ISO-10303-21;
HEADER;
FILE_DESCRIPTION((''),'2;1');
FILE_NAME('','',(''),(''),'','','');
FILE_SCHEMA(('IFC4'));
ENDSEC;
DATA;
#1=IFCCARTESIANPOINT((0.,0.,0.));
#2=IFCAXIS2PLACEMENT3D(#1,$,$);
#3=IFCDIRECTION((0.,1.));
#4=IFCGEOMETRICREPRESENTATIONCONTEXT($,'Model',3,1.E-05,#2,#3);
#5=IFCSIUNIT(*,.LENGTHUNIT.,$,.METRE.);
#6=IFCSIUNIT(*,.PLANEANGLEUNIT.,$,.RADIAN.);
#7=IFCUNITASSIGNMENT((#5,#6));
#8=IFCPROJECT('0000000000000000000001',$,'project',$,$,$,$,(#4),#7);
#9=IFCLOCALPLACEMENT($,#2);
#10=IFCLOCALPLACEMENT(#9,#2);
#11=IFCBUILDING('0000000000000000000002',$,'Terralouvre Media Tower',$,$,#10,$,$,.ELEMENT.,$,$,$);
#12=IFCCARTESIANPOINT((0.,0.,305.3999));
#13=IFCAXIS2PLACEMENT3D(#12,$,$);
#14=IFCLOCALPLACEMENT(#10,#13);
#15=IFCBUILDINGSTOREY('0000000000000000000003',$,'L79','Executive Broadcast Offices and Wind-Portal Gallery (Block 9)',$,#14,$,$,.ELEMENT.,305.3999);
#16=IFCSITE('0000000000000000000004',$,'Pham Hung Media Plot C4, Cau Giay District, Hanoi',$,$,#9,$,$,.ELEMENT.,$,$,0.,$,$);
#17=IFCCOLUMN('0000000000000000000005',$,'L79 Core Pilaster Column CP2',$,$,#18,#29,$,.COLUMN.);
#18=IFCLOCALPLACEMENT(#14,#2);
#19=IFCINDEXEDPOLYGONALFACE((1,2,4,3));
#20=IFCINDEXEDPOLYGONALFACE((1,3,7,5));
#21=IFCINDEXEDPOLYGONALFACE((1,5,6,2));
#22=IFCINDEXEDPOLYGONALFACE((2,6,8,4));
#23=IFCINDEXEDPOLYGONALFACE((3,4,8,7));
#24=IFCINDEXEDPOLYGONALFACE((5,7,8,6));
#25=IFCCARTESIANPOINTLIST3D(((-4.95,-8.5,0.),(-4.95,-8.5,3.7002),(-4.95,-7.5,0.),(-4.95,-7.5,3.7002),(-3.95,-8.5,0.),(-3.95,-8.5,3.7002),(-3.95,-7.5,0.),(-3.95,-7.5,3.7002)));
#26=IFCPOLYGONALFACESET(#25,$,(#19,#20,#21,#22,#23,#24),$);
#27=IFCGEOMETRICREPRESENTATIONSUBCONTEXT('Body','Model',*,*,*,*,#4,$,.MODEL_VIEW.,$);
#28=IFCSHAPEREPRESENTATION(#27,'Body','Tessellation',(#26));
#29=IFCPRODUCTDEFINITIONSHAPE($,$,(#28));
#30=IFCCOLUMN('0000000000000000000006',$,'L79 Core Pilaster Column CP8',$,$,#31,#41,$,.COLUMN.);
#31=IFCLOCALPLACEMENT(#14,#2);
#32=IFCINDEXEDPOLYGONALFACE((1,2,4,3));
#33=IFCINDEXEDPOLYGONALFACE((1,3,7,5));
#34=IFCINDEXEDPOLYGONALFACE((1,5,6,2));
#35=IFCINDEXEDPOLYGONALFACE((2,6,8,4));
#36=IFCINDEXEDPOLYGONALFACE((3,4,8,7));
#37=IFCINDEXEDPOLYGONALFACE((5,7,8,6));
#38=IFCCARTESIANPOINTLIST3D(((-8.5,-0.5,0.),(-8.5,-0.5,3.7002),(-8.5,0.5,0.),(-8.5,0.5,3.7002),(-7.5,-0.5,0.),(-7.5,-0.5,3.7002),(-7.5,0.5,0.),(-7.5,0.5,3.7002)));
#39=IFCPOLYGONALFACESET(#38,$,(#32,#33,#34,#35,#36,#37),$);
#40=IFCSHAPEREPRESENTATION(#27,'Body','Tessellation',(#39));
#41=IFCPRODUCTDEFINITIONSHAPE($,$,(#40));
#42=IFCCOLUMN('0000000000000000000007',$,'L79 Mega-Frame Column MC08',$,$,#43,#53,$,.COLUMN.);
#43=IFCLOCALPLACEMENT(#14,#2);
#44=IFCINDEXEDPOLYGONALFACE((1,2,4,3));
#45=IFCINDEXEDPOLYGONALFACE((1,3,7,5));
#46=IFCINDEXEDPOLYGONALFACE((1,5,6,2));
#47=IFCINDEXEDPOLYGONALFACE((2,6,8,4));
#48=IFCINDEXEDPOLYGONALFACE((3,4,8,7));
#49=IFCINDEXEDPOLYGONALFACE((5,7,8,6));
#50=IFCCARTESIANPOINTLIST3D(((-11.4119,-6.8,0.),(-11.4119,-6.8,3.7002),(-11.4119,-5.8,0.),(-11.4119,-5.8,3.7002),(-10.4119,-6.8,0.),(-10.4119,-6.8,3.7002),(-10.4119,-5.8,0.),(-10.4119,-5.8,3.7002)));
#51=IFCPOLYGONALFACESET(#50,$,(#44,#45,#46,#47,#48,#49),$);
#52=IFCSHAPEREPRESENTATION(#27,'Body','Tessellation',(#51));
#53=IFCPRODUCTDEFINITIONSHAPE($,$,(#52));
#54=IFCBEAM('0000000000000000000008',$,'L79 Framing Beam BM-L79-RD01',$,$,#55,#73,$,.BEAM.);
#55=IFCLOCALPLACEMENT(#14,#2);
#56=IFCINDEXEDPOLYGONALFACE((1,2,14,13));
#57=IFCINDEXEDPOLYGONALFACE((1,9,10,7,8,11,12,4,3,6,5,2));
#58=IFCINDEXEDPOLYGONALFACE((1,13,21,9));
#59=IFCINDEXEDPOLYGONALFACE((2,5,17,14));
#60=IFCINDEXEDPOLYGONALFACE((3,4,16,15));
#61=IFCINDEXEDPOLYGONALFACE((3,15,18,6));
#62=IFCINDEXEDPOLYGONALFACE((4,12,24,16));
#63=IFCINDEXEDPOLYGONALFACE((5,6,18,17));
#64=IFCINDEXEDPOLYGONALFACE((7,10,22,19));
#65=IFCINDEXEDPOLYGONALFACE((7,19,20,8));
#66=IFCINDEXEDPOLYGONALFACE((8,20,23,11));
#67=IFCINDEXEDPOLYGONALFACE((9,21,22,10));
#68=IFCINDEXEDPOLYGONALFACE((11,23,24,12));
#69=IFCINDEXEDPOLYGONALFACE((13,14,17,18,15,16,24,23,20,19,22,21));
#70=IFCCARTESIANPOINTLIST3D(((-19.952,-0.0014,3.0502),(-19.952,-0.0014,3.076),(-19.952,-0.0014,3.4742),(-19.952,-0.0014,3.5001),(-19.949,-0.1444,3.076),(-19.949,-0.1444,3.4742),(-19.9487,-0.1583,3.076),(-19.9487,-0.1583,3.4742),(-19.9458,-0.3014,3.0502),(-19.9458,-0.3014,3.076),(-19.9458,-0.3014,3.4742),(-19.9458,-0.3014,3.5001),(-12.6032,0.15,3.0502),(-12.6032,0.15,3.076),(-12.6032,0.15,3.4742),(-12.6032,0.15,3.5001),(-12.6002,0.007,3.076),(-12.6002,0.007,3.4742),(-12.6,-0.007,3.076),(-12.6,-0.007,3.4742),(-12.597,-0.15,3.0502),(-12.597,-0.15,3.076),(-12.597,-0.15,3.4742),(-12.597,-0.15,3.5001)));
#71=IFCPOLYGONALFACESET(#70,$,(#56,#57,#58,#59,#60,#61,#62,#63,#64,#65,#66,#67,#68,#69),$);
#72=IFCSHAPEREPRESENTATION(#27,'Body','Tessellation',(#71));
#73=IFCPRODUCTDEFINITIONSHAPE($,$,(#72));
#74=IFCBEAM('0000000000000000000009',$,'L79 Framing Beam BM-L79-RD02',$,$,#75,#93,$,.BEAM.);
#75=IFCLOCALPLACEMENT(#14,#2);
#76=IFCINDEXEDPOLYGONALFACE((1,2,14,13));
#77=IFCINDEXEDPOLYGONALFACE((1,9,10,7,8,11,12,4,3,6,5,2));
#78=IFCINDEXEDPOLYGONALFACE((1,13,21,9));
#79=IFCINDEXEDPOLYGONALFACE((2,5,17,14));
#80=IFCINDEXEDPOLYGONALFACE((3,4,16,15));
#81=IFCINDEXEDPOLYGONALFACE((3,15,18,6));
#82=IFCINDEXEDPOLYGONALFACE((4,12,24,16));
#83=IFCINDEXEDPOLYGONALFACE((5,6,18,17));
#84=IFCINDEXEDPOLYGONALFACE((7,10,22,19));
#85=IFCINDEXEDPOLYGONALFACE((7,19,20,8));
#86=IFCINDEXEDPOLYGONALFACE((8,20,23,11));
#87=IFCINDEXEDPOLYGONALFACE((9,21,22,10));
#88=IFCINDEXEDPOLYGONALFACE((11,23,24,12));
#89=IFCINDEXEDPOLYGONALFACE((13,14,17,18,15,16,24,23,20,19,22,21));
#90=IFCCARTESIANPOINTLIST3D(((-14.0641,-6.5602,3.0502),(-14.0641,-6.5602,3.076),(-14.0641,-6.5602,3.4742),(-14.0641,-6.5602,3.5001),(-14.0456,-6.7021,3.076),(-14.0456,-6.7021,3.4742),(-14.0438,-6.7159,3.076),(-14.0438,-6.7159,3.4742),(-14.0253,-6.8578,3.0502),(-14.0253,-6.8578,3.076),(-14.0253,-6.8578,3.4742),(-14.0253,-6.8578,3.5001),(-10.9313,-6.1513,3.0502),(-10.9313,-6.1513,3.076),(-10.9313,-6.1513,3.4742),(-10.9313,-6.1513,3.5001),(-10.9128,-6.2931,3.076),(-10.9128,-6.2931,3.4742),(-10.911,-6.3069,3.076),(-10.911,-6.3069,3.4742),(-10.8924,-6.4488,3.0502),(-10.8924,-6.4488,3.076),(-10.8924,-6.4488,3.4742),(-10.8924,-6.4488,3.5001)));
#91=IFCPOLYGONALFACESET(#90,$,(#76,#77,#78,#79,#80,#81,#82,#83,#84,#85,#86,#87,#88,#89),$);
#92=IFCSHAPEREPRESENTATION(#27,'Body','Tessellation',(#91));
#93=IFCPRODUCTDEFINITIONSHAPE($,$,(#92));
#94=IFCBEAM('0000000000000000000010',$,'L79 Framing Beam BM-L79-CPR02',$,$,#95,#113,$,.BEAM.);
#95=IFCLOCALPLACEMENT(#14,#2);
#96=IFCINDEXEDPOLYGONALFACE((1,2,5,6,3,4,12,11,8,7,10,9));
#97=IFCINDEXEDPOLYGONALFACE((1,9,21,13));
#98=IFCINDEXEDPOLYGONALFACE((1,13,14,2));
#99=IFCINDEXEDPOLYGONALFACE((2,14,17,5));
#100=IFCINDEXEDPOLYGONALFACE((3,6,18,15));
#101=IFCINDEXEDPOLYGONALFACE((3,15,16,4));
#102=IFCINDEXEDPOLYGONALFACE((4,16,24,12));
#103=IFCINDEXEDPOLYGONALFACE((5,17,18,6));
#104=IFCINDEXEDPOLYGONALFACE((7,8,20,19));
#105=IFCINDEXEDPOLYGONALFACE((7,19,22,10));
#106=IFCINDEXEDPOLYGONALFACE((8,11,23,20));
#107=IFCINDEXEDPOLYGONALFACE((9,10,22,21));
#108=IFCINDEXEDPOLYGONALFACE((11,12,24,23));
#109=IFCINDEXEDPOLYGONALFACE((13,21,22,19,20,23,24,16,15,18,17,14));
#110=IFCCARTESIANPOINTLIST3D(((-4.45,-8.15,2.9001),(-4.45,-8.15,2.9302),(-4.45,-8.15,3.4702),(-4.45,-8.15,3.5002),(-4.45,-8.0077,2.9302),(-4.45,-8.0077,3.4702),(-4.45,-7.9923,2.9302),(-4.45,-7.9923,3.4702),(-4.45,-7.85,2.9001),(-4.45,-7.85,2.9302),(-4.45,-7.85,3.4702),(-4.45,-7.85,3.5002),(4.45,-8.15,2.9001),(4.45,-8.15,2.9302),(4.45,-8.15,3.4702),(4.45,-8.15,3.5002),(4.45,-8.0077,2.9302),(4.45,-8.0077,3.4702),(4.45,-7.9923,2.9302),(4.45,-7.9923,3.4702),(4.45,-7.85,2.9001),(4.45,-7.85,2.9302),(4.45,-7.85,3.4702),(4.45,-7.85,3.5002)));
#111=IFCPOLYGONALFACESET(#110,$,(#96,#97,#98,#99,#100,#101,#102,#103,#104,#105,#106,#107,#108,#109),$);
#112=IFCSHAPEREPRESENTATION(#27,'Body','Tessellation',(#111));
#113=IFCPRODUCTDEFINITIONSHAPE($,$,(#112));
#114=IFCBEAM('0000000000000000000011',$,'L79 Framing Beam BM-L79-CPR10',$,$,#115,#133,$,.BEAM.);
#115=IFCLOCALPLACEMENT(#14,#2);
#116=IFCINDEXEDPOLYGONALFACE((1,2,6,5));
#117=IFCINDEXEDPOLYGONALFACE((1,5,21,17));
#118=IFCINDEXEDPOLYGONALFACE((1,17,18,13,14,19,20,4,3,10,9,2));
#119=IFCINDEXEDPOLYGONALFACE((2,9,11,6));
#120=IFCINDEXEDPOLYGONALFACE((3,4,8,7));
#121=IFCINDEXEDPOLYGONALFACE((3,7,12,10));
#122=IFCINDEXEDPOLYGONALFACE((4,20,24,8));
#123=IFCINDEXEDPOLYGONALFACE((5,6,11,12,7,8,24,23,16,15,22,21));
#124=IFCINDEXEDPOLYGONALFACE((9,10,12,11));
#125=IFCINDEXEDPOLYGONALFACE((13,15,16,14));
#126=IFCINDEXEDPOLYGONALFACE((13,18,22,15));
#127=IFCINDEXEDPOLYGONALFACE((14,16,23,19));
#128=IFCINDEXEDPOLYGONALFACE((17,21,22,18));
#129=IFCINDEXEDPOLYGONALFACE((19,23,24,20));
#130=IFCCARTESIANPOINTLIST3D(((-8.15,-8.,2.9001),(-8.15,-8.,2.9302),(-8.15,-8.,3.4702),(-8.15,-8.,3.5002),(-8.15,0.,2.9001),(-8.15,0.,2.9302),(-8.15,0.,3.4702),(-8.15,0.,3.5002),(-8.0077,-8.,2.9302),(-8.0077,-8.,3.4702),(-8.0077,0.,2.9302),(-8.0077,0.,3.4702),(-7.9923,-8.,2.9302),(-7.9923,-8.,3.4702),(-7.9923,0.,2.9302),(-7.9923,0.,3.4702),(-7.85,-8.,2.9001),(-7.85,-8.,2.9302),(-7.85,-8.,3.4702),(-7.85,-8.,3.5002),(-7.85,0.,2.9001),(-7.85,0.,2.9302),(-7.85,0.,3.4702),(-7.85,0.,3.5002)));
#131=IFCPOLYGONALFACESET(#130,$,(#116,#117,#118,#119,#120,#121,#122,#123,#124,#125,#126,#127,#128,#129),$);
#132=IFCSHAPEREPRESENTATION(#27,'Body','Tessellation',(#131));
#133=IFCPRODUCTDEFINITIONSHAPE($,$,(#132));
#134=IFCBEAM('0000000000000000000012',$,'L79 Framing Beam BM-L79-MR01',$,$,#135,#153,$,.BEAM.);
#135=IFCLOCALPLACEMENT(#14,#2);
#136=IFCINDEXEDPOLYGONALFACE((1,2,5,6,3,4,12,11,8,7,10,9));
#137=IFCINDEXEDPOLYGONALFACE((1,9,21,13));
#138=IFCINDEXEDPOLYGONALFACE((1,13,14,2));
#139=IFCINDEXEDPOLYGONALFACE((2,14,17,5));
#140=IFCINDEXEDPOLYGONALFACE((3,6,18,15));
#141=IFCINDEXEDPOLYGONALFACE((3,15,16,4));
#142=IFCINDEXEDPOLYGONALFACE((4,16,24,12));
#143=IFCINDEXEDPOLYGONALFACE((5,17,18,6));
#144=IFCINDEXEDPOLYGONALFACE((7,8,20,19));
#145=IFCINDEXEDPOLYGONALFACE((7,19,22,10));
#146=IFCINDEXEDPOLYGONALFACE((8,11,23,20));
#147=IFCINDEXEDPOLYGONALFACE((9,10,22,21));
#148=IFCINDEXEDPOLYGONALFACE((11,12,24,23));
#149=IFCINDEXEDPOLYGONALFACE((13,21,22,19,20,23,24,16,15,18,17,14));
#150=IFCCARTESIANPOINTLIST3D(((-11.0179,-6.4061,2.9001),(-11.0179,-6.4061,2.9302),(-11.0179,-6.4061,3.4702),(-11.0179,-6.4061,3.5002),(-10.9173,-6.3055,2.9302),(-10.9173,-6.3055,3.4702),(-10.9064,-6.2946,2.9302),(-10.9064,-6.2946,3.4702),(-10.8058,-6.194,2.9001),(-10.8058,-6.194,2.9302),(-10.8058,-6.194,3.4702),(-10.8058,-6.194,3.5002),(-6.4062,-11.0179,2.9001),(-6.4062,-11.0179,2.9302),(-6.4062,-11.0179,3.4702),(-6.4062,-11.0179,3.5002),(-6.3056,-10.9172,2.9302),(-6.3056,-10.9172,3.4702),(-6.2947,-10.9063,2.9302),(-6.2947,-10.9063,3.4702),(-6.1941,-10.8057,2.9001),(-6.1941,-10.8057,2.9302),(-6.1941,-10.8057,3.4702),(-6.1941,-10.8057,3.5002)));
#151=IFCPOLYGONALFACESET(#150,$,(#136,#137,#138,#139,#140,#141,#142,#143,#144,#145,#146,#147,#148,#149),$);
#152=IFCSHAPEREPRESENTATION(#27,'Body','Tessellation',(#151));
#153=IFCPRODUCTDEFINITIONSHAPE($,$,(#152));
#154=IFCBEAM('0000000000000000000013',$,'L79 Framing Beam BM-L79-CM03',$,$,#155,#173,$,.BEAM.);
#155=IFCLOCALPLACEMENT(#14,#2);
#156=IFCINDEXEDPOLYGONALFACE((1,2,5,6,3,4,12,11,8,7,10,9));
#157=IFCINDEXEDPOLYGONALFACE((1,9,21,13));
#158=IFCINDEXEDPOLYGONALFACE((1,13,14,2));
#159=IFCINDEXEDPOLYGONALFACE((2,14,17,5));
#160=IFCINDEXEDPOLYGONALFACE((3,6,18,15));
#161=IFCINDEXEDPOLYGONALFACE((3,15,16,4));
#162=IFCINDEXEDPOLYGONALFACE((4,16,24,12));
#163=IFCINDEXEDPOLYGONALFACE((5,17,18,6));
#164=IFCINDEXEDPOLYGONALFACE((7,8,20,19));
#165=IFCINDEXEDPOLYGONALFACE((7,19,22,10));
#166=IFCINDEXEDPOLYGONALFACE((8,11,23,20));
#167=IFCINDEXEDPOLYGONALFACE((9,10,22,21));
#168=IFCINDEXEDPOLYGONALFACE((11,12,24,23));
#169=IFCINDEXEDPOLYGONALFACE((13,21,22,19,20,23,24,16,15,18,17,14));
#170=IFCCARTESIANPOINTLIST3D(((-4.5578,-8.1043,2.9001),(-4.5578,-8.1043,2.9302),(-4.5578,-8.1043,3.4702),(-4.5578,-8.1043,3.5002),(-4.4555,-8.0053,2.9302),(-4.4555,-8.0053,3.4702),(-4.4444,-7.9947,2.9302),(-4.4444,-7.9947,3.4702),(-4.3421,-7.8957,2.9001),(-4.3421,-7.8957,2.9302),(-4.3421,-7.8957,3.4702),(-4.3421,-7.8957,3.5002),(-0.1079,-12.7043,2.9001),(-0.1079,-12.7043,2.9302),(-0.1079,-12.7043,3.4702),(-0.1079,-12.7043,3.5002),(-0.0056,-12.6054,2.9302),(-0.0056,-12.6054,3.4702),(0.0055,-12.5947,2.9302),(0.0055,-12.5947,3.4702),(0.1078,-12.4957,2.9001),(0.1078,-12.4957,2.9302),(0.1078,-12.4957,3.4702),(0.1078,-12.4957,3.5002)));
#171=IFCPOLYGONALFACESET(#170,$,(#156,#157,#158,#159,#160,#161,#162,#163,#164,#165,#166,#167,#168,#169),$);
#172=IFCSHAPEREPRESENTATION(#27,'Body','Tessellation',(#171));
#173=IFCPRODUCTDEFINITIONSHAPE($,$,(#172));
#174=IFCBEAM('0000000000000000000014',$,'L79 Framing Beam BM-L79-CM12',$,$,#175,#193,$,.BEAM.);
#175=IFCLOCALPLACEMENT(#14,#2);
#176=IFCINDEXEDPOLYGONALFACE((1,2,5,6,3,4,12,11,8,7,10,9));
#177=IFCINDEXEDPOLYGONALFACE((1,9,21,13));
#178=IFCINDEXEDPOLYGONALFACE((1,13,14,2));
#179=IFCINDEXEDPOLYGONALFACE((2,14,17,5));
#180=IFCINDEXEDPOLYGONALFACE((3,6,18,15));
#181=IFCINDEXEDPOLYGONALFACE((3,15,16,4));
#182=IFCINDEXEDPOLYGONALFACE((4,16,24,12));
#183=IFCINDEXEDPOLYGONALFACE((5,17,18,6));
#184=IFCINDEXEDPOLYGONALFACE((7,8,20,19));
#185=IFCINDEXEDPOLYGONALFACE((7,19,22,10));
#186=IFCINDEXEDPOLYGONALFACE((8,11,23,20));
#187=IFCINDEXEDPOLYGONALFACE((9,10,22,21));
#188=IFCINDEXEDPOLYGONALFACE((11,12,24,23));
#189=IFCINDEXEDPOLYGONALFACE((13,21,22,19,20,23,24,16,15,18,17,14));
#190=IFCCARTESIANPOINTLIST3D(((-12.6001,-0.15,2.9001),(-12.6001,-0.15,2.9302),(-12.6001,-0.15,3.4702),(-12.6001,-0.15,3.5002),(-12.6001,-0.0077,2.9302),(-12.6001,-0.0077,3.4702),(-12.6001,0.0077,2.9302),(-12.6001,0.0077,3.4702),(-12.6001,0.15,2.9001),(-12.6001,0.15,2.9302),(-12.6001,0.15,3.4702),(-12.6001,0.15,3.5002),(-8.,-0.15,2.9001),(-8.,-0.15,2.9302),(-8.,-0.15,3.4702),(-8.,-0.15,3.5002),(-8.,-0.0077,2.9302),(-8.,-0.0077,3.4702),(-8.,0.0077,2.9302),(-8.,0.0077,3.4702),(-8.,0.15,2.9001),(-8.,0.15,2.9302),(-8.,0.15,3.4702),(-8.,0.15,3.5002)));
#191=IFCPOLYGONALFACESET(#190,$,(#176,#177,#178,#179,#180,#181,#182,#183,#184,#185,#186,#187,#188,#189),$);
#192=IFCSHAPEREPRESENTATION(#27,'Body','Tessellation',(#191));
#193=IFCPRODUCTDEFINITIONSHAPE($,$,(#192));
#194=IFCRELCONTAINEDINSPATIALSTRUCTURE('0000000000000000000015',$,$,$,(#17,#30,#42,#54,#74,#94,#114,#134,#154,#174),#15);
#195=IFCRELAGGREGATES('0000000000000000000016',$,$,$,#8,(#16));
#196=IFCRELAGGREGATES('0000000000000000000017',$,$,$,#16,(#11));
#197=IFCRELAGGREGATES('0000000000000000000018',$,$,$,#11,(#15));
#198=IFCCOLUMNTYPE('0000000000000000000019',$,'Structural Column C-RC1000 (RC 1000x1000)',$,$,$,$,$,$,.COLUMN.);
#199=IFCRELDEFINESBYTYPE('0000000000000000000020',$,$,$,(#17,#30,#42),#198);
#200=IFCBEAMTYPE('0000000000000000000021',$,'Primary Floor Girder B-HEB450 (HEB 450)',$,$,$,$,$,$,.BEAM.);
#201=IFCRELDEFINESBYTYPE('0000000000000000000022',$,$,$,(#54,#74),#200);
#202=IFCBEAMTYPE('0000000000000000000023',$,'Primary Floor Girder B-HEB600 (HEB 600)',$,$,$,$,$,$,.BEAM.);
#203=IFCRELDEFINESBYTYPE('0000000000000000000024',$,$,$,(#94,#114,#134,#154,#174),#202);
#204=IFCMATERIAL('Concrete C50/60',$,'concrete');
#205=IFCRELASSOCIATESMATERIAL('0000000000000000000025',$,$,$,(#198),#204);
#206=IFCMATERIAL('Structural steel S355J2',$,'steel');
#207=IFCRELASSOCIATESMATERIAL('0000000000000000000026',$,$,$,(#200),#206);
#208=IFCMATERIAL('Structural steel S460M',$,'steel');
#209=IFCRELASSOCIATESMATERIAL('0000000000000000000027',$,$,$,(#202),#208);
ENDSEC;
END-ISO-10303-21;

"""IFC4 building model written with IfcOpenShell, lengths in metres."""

from ifc_helpers import new_model, si_unit, direction, frame, origin, origin_2d, place, context, subcontext, project, spatial, rectangle, i_section, extrude, material, material_profile, profile_set, type_object, element, save


model = new_model("IFC4")

# Units and contexts
model_context = context("Model", 3, precision=1e-05, world=origin(), true_north=direction((0.0, 1.0)))
body_context = subcontext(model_context, "Body", "Model", "MODEL_VIEW")
ifc_project = project(units=[si_unit("LENGTHUNIT", "METRE"), si_unit("PLANEANGLEUNIT", "RADIAN")], contexts=[model_context])

# Site, building, storey
site_placement = place(None, origin())
site = spatial("IfcSite", under=ifc_project, at=site_placement, Name="Pham Hung Media Plot C4, Cau Giay District, Hanoi", CompositionType="ELEMENT", RefElevation=0.0)
building_placement = place(site_placement, origin())
building = spatial("IfcBuilding", under=site, at=building_placement, Name="Terralouvre Media Tower", CompositionType="ELEMENT")
storey_placement = place(building_placement, frame((0.0, 0.0, 305.3999)))
storey = spatial("IfcBuildingStorey", under=building, at=storey_placement, Name="L79", Description="Executive Broadcast Offices and Wind-Portal Gallery (Block 9)", CompositionType="ELEMENT", Elevation=305.3999)

# Columns
ifc_material_1 = material(Name="Concrete C50/60", Category="concrete")
ifc_material_profile_1 = material_profile(ifc_material_1, rectangle(XDim=1.0, YDim=1.0, at=origin_2d()), Name="RC 1000x1000")
ifc_profile_set_1 = profile_set([ifc_material_profile_1], Name="Concrete C50/60")
column_type = type_object("IfcColumnType", Name="Structural Column C-RC1000 (RC 1000x1000)", PredefinedType="COLUMN", material=ifc_profile_set_1)
for number, where, z_axis, x_axis, name in (
    (1, (-4.45, -8.0, 0.0), (0.0, 0.0, 1.0), (1.0, 0.0, 0.0), "L79 Core Pilaster Column CP2"),
    (2, (-8.0, 0.0, 0.0), (0.0, 0.0, 1.0), (1.0, 0.0, 0.0), "L79 Core Pilaster Column CP8"),
    (3, (-10.9119, -6.3, 0.0), (0.0, 0.0, 1.0), (1.0, 0.0, 0.0), "L79 Mega-Frame Column MC08"),
):
    element("IfcColumn", number, at=place(storey_placement, frame(where, z_axis=z_axis, x_axis=x_axis)), inside=storey, type_object=column_type, Name=name, PredefinedType="COLUMN", context=body_context, shape_type="SweptSolid", body=[
        extrude(rectangle(XDim=1.0, YDim=1.0, at=origin_2d()), origin(), (0.0, 0.0, 1.0), 3.7002),
    ])

# Beams
ifc_material_2 = material(Name="Structural steel S355J2", Category="steel")
ifc_material_profile_2 = material_profile(ifc_material_2, i_section(OverallWidth=0.3, OverallDepth=0.45, WebThickness=0.0139, FlangeThickness=0.0259, at=origin_2d()), Name="HEB 450")
ifc_profile_set_2 = profile_set([ifc_material_profile_2], Name="Structural steel S355J2")
beam_type_1 = type_object("IfcBeamType", Name="Primary Floor Girder B-HEB450 (HEB 450)", PredefinedType="BEAM", material=ifc_profile_set_2)
beam_1_placement = place(storey_placement, frame((-12.6001, 0.0, 3.2751), z_axis=(-0.999788, -0.020593, 0.0), x_axis=(0.020593, -0.999788, 0.0)))
element("IfcBeam", 4, at=beam_1_placement, inside=storey, type_object=beam_type_1, Name="L79 Framing Beam BM-L79-RD01", PredefinedType="BEAM", context=body_context, shape_type="SweptSolid", body=[
    extrude(i_section(OverallWidth=0.3, OverallDepth=0.45, WebThickness=0.0139, FlangeThickness=0.0259, at=origin_2d()), origin(), (0.0, 0.0, 1.0), 7.3503),
])
beam_2_placement = place(storey_placement, frame((-10.9119, -6.3, 3.2751), z_axis=(-0.991588, -0.129435, 0.0), x_axis=(0.129435, -0.991588, 0.0)))
element("IfcBeam", 5, at=beam_2_placement, inside=storey, type_object=beam_type_1, Name="L79 Framing Beam BM-L79-RD02", PredefinedType="BEAM", context=body_context, shape_type="SweptSolid", body=[
    extrude(i_section(OverallWidth=0.3, OverallDepth=0.45, WebThickness=0.0139, FlangeThickness=0.0259, at=origin_2d()), origin(), (0.0, 0.0, 1.0), 3.1594),
])
ifc_material_3 = material(Name="Structural steel S460M", Category="steel")
ifc_material_profile_3 = material_profile(ifc_material_3, i_section(OverallWidth=0.3, OverallDepth=0.6001, WebThickness=0.0154, FlangeThickness=0.03, at=origin_2d()), Name="HEB 600")
ifc_profile_set_3 = profile_set([ifc_material_profile_3], Name="Structural steel S460M")
beam_type_2 = type_object("IfcBeamType", Name="Primary Floor Girder B-HEB600 (HEB 600)", PredefinedType="BEAM", material=ifc_profile_set_3)
beam_3_placement = place(storey_placement, frame((-4.45, -8.0, 3.2002), z_axis=(1.0, 0.0, 0.0), x_axis=(0.0, 1.0, 0.0)))
element("IfcBeam", 6, at=beam_3_placement, inside=storey, type_object=beam_type_2, Name="L79 Framing Beam BM-L79-CPR02", PredefinedType="BEAM", context=body_context, shape_type="SweptSolid", body=[
    extrude(i_section(OverallWidth=0.3, OverallDepth=0.6001, WebThickness=0.0154, FlangeThickness=0.03, at=origin_2d()), origin(), (0.0, 0.0, 1.0), 8.8999),
])
beam_4_placement = place(storey_placement, frame((-8.0, 0.0, 3.2002), z_axis=(0.0, -1.0, 0.0), x_axis=(1.0, 0.0, 0.0)))
element("IfcBeam", 7, at=beam_4_placement, inside=storey, type_object=beam_type_2, Name="L79 Framing Beam BM-L79-CPR10", PredefinedType="BEAM", context=body_context, shape_type="SweptSolid", body=[
    extrude(i_section(OverallWidth=0.3, OverallDepth=0.6001, WebThickness=0.0154, FlangeThickness=0.03, at=origin_2d()), origin(), (0.0, 0.0, 1.0), 8.0),
])
beam_5_placement = place(storey_placement, frame((-10.9119, -6.3, 3.2002), z_axis=(0.707107, -0.707107, 0.0), x_axis=(0.707107, 0.707107, 0.0)))
element("IfcBeam", 8, at=beam_5_placement, inside=storey, type_object=beam_type_2, Name="L79 Framing Beam BM-L79-MR01", PredefinedType="BEAM", context=body_context, shape_type="SweptSolid", body=[
    extrude(i_section(OverallWidth=0.3, OverallDepth=0.6001, WebThickness=0.0154, FlangeThickness=0.03, at=origin_2d()), origin(), (0.0, 0.0, 1.0), 6.522),
])
beam_6_placement = place(storey_placement, frame((-4.45, -8.0, 3.2002), z_axis=(0.69528, -0.718739, 0.0), x_axis=(0.718739, 0.69528, 0.0)))
element("IfcBeam", 9, at=beam_6_placement, inside=storey, type_object=beam_type_2, Name="L79 Framing Beam BM-L79-CM03", PredefinedType="BEAM", context=body_context, shape_type="SweptSolid", body=[
    extrude(i_section(OverallWidth=0.3, OverallDepth=0.6001, WebThickness=0.0154, FlangeThickness=0.03, at=origin_2d()), origin(), (0.0, 0.0, 1.0), 6.4001),
])
beam_7_placement = place(storey_placement, frame((-8.0, 0.0, 3.2002), z_axis=(-1.0, 0.0, 0.0), x_axis=(0.0, -1.0, 0.0)))
element("IfcBeam", 10, at=beam_7_placement, inside=storey, type_object=beam_type_2, Name="L79 Framing Beam BM-L79-CM12", PredefinedType="BEAM", context=body_context, shape_type="SweptSolid", body=[
    extrude(i_section(OverallWidth=0.3, OverallDepth=0.6001, WebThickness=0.0154, FlangeThickness=0.03, at=origin_2d()), origin(), (0.0, 0.0, 1.0), 4.6001),
])

save(model, "model.ifc")
